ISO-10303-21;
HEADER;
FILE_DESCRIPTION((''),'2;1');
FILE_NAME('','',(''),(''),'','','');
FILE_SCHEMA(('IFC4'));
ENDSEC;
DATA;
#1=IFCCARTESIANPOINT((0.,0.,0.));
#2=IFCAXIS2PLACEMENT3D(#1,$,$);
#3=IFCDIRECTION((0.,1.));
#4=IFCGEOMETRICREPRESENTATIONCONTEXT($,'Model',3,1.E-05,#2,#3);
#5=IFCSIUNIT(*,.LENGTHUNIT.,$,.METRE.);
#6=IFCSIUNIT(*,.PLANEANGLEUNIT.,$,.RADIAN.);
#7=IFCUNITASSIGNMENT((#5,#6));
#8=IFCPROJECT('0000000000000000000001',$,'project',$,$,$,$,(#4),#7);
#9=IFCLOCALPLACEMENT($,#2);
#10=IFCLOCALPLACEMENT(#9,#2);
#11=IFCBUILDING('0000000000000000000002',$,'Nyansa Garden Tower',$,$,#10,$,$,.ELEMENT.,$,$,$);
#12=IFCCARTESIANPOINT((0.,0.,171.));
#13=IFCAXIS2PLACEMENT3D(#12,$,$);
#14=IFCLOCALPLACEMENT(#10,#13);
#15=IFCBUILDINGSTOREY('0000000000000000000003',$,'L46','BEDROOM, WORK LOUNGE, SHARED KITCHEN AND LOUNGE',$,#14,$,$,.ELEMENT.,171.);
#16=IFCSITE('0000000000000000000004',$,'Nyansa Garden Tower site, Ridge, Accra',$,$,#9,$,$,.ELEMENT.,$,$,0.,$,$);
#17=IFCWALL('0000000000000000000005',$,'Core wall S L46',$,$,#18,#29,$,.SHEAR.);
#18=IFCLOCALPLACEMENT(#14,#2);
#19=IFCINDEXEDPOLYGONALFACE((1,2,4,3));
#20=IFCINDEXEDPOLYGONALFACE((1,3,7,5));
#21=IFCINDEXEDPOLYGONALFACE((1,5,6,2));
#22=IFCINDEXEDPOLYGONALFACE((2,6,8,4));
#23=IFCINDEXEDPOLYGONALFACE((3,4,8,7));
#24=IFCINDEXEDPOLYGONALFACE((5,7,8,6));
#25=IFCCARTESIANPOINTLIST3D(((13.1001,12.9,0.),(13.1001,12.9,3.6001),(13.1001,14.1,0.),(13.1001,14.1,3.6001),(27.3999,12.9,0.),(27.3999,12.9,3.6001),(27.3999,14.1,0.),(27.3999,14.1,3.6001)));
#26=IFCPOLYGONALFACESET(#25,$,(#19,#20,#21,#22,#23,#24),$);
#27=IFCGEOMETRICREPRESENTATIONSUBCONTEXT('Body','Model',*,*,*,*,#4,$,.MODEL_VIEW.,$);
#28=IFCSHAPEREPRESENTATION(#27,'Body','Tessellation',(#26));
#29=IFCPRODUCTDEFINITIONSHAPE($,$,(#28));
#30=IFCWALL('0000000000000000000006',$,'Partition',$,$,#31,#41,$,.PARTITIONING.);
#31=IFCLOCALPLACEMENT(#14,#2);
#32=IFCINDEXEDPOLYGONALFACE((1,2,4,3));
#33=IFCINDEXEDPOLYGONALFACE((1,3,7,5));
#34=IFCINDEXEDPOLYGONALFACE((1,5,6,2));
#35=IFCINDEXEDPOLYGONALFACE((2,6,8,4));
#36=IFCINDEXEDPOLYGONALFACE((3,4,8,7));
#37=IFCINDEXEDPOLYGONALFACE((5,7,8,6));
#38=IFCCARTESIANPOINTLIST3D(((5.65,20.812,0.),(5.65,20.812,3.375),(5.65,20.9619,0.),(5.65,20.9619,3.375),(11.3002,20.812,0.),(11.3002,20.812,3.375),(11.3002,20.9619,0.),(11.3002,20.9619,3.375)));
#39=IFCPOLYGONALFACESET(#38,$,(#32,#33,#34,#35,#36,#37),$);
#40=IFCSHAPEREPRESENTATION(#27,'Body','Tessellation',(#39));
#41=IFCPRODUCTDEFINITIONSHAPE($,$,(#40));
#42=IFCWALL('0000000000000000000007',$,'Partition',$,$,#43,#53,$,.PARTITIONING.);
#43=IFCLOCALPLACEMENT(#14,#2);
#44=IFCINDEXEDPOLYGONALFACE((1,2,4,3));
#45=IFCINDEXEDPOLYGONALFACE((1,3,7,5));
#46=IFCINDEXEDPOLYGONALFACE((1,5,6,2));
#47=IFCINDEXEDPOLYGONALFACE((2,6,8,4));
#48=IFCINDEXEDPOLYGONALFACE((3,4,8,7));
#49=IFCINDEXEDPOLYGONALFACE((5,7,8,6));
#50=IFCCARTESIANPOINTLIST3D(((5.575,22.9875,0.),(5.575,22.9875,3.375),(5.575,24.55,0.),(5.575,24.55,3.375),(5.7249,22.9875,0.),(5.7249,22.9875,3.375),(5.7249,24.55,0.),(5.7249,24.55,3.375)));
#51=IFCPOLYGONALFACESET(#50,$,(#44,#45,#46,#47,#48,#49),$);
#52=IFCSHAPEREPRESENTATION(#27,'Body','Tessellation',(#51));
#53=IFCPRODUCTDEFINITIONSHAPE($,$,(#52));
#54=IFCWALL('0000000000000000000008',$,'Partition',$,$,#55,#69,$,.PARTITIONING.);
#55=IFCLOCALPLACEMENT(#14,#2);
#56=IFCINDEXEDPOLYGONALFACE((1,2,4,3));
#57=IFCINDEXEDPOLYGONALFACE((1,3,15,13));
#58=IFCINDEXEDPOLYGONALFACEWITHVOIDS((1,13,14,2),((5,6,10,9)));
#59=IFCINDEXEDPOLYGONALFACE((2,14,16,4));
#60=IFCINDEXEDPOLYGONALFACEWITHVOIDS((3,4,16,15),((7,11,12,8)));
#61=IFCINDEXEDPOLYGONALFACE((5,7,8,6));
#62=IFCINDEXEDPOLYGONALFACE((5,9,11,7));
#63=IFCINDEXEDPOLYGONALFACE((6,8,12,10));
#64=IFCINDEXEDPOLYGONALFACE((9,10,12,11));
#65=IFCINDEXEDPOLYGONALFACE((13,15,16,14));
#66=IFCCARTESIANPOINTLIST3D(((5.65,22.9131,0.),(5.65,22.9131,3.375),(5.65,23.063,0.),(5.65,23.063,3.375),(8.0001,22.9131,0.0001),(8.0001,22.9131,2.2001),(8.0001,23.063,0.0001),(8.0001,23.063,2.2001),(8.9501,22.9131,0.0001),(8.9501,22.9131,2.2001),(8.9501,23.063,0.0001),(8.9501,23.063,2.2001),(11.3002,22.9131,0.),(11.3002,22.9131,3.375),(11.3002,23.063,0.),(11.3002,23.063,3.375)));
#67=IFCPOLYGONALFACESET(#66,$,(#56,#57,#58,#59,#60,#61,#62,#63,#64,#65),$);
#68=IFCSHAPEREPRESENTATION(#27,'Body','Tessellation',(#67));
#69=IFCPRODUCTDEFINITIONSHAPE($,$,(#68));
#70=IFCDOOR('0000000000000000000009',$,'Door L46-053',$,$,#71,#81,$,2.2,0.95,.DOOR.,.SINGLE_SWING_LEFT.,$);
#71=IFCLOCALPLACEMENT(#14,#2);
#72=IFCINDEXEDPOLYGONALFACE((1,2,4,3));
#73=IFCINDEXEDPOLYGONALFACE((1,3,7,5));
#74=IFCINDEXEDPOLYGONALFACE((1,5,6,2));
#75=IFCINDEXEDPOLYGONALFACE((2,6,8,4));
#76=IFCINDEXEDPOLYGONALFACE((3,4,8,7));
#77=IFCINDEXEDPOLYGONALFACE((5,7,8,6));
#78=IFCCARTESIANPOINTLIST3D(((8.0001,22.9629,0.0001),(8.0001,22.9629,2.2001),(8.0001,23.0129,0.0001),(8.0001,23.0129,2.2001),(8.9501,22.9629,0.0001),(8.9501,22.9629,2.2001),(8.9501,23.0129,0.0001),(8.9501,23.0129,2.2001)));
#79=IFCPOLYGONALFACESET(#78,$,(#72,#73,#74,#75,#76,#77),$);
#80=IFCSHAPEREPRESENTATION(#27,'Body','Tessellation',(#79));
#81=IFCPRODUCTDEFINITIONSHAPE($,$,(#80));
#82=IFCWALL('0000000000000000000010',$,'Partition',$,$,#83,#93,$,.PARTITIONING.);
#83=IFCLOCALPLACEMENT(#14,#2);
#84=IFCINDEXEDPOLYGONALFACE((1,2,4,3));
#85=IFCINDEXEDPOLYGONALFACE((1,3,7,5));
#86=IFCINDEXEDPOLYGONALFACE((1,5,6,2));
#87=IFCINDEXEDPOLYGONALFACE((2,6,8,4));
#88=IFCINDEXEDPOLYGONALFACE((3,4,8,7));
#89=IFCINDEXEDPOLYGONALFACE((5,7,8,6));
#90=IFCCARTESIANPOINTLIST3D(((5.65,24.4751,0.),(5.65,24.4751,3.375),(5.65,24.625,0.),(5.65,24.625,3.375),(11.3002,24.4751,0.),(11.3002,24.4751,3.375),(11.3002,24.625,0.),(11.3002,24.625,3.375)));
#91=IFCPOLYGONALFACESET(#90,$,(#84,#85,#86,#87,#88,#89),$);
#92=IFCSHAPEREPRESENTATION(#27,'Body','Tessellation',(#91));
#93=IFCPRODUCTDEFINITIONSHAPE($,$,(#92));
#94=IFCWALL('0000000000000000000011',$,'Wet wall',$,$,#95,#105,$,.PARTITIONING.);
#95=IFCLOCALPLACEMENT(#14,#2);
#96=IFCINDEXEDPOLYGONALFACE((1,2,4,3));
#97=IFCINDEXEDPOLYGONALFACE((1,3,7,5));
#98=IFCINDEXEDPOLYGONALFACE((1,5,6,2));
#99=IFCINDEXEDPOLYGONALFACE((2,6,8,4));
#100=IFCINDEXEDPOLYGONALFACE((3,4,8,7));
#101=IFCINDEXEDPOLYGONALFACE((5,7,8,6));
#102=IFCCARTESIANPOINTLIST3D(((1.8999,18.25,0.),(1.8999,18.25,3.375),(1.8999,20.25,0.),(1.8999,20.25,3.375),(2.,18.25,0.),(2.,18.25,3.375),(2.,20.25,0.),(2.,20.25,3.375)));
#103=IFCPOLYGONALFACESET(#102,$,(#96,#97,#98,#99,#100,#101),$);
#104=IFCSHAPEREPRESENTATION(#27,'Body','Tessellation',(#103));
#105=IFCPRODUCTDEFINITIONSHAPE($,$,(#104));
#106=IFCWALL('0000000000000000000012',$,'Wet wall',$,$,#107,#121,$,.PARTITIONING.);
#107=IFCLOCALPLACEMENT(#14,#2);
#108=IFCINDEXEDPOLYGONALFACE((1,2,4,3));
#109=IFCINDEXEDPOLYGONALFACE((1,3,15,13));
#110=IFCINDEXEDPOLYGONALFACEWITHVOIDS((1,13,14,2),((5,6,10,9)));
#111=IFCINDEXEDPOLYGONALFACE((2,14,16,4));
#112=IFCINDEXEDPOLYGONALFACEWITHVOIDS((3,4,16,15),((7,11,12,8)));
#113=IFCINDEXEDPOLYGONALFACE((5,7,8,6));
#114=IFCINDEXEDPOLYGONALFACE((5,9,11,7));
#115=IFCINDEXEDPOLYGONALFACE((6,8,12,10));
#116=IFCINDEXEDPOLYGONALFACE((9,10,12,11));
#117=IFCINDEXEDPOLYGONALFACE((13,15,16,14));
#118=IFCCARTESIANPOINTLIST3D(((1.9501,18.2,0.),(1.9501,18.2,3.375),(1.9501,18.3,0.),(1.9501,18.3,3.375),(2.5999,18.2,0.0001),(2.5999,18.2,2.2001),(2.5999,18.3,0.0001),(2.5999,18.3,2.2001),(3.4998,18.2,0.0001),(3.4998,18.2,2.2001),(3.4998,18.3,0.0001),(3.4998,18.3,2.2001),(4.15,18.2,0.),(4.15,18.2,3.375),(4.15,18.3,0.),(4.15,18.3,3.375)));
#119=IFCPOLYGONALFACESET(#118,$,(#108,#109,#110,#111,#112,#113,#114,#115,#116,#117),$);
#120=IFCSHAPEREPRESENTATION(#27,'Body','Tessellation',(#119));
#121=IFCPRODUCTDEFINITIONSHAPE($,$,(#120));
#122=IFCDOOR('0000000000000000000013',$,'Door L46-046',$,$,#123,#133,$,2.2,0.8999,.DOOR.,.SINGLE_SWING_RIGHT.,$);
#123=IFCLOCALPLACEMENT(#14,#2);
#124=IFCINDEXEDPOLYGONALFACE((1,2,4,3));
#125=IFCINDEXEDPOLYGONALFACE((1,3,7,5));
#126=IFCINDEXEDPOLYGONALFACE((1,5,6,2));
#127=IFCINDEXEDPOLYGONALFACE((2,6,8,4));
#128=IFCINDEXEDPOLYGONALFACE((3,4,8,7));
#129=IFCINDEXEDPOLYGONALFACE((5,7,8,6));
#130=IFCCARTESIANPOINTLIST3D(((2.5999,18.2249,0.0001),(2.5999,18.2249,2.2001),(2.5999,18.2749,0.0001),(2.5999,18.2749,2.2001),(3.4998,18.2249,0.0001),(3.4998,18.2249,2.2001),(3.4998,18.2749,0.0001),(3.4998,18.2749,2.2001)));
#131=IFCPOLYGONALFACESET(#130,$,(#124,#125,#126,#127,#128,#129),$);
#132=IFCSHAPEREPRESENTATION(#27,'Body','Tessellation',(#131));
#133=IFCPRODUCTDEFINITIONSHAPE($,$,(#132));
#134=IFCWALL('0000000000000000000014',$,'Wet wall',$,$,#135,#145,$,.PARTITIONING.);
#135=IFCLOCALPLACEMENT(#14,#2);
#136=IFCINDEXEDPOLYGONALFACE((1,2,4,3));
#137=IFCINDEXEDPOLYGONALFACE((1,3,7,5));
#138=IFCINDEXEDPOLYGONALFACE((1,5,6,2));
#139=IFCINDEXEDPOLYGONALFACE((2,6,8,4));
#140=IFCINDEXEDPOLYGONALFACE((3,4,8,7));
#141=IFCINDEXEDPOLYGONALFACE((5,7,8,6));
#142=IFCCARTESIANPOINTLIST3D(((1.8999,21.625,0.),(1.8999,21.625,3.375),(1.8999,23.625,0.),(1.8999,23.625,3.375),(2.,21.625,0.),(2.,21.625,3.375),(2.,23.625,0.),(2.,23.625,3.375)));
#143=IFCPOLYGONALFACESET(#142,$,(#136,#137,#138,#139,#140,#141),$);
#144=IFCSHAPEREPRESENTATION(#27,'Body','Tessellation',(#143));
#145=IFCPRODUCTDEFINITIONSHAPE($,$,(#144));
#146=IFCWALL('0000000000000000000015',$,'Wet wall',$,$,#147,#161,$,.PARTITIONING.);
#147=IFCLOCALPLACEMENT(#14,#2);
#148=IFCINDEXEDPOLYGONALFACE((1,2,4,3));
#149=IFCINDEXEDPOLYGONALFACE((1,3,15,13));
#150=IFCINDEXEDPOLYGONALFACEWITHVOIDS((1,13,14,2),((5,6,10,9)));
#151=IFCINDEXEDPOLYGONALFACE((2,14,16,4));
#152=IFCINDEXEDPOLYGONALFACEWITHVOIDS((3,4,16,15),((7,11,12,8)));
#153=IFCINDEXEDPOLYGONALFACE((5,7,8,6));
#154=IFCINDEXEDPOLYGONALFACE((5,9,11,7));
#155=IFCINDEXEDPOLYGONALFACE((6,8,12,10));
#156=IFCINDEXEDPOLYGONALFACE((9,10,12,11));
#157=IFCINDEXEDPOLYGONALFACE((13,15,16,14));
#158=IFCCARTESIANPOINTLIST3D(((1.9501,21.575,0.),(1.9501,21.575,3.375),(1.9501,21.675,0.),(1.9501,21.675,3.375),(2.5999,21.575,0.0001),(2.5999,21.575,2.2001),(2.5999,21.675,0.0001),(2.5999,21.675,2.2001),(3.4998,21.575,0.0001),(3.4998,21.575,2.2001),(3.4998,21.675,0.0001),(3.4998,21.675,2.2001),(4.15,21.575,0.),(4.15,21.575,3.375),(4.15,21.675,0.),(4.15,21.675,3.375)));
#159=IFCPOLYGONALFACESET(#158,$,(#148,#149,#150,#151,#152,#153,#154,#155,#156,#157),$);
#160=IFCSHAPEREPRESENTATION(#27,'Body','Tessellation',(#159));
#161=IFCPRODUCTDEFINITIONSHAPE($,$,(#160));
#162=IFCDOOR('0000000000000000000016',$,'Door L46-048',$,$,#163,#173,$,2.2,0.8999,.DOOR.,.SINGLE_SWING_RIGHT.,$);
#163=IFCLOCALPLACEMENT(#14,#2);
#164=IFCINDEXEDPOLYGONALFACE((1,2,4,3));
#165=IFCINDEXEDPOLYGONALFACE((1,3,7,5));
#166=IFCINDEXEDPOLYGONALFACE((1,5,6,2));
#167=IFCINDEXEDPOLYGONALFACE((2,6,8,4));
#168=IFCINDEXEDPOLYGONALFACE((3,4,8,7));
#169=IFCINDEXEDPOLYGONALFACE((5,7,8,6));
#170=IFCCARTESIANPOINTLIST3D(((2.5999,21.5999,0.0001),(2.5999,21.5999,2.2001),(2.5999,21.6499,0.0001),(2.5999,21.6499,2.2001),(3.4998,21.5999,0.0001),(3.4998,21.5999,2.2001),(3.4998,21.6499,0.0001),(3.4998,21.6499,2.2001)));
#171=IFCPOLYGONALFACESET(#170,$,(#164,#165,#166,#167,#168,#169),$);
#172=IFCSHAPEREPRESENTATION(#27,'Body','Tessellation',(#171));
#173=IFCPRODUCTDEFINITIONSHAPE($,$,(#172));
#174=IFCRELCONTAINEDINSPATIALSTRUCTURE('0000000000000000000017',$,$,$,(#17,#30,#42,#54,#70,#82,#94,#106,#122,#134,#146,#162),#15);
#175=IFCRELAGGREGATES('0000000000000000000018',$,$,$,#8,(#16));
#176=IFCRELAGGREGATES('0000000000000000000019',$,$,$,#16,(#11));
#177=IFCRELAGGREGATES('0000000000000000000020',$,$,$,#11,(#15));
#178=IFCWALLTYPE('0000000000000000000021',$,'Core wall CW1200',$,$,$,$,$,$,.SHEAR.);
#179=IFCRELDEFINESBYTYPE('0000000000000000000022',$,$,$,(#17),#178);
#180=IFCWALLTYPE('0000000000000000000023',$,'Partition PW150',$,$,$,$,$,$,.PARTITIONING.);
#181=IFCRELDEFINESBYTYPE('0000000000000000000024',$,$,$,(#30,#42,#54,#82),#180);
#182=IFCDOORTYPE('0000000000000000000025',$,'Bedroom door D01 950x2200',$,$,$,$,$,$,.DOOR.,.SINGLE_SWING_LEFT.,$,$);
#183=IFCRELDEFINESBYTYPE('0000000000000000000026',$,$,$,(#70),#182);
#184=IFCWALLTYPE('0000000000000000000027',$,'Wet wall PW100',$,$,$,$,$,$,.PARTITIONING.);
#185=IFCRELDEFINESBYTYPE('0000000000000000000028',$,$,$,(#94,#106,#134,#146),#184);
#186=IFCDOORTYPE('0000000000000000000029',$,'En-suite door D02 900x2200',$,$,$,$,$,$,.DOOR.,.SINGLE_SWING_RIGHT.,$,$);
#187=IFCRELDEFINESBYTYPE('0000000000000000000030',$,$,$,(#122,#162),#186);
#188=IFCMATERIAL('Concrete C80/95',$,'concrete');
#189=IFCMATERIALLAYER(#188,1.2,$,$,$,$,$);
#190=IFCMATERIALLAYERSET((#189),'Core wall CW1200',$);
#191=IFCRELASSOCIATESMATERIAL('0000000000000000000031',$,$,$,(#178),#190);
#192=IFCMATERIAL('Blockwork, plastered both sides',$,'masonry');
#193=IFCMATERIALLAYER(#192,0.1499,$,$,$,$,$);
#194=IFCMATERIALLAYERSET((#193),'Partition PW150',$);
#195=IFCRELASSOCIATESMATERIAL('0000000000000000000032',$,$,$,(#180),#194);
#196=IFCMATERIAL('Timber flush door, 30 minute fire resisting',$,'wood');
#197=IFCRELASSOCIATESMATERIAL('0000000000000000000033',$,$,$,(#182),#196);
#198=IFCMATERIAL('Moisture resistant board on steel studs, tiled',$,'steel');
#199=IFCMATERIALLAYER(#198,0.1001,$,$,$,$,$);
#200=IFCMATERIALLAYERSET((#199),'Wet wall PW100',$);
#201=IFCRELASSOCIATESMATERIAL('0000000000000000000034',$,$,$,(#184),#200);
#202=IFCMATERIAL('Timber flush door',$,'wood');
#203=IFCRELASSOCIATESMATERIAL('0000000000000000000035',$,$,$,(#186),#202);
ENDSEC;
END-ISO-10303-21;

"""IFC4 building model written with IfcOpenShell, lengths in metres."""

from ifc_helpers import new_model, si_unit, direction, frame, frame_2d, origin, place, context, subcontext, project, spatial, rectangle, extrude, material, layer, layer_set, type_object, element, fill, save


model = new_model("IFC4")

# Units and contexts
model_context = context("Model", 3, precision=1e-05, world=origin(), true_north=direction((0.0, 1.0)))
body_context = subcontext(model_context, "Body", "Model", "MODEL_VIEW")
ifc_project = project(units=[si_unit("LENGTHUNIT", "METRE"), si_unit("PLANEANGLEUNIT", "RADIAN")], contexts=[model_context])

# Site, building, storey
site_placement = place(None, origin())
site = spatial("IfcSite", under=ifc_project, at=site_placement, Name="Nyansa Garden Tower site, Ridge, Accra", CompositionType="ELEMENT", RefElevation=0.0)
building_placement = place(site_placement, origin())
building = spatial("IfcBuilding", under=site, at=building_placement, Name="Nyansa Garden Tower", CompositionType="ELEMENT")
storey_placement = place(building_placement, frame((0.0, 0.0, 171.0)))
storey = spatial("IfcBuildingStorey", under=building, at=storey_placement, Name="L46", Description="BEDROOM, WORK LOUNGE, SHARED KITCHEN AND LOUNGE", CompositionType="ELEMENT", Elevation=171.0)

# Walls
ifc_material_1 = material(Name="Concrete C80/95", Category="concrete")
ifc_layer_1 = layer(ifc_material_1, 1.2)
ifc_layer_set_1 = layer_set([ifc_layer_1], Name="Core wall CW1200")
wall_type_1 = type_object("IfcWallType", Name="Core wall CW1200", PredefinedType="SHEAR", material=ifc_layer_set_1)
wall_1_placement = place(storey_placement, frame((13.1001, 13.5, 0.0), z_axis=(0.0, 0.0, 1.0), x_axis=(1.0, 0.0, 0.0)))
element("IfcWall", 1, at=wall_1_placement, inside=storey, type_object=wall_type_1, Name="Core wall S L46", PredefinedType="SHEAR", context=body_context, shape_type="SweptSolid", body=[
    extrude(rectangle(XDim=14.2998, YDim=1.2, at=frame_2d((7.1499, 0.0))), origin(), (0.0, 0.0, 1.0), 3.6001),
])
ifc_material_2 = material(Name="Blockwork, plastered both sides", Category="masonry")
ifc_layer_2 = layer(ifc_material_2, 0.1499)
ifc_layer_set_2 = layer_set([ifc_layer_2], Name="Partition PW150")
wall_type_2 = type_object("IfcWallType", Name="Partition PW150", PredefinedType="PARTITIONING", material=ifc_layer_set_2)
wall_2_placement = place(storey_placement, frame((5.6499, 20.887, 0.0), z_axis=(0.0, 0.0, 1.0), x_axis=(1.0, 0.0, 0.0)))
element("IfcWall", 2, at=wall_2_placement, inside=storey, type_object=wall_type_2, Name="Partition", PredefinedType="PARTITIONING", context=body_context, shape_type="SweptSolid", body=[
    extrude(rectangle(XDim=5.6501, YDim=0.1499, at=frame_2d((2.8252, 0.0))), origin(), (0.0, 0.0, 1.0), 3.375),
])
wall_3_placement = place(storey_placement, frame((5.6499, 22.9875, 0.0), z_axis=(0.0, 0.0, 1.0), x_axis=(0.0, 1.0, 0.0)))
element("IfcWall", 3, at=wall_3_placement, inside=storey, type_object=wall_type_2, Name="Partition", PredefinedType="PARTITIONING", context=body_context, shape_type="SweptSolid", body=[
    extrude(rectangle(XDim=1.5625, YDim=0.1499, at=frame_2d((0.7812, 0.0))), origin(), (0.0, 0.0, 1.0), 3.375),
])

# Wall, opening, door
wall_4_placement = place(storey_placement, frame((5.6499, 22.988, 0.0), z_axis=(0.0, 0.0, 1.0), x_axis=(1.0, 0.0, 0.0)))
wall_4 = element("IfcWall", 4, at=wall_4_placement, inside=storey, type_object=wall_type_2, Name="Partition", PredefinedType="PARTITIONING", context=body_context, shape_type="SweptSolid", body=[
    extrude(rectangle(XDim=5.6501, YDim=0.1499, at=frame_2d((2.8252, 0.0))), origin(), (0.0, 0.0, 1.0), 3.375),
])
opening_1_placement = place(wall_4_placement, frame((2.3501, 0.0, 0.0)))
opening_1 = element("IfcOpeningElement", 5, at=opening_1_placement, cuts=wall_4, PredefinedType="OPENING", context=body_context, shape_type="SweptSolid", body=[
    extrude(rectangle(XDim=0.95, YDim=2.2, at=frame_2d((0.4751, 1.1001))), frame((0.0, 0.085, 0.0), z_axis=(0.0, -1.0, 0.0), x_axis=(1.0, 0.0, 0.0)), (0.0, 0.0, 1.0), 0.1699),
])
ifc_material_3 = material(Name="Timber flush door, 30 minute fire resisting", Category="wood")
door_type_1 = type_object("IfcDoorType", Name="Bedroom door D01 950x2200", OperationType="SINGLE_SWING_LEFT", PredefinedType="DOOR", material=ifc_material_3)
door_1_placement = place(opening_1_placement, origin())
door_1 = element("IfcDoor", 6, at=door_1_placement, inside=storey, type_object=door_type_1, Name="Door L46-053", OperationType="SINGLE_SWING_LEFT", OverallHeight=2.2, OverallWidth=0.95, PredefinedType="DOOR", context=body_context, shape_type="SweptSolid", body=[
    extrude(rectangle(XDim=0.95, YDim=2.2, at=frame_2d((0.4751, 1.1001))), frame((0.0, 0.0249, 0.0), z_axis=(0.0, -1.0, 0.0), x_axis=(1.0, 0.0, 0.0)), (0.0, 0.0, 1.0), 0.05),
])
fill(opening_1, door_1)

# Walls
wall_5_placement = place(storey_placement, frame((5.6499, 24.55, 0.0), z_axis=(0.0, 0.0, 1.0), x_axis=(1.0, 0.0, 0.0)))
element("IfcWall", 7, at=wall_5_placement, inside=storey, type_object=wall_type_2, Name="Partition", PredefinedType="PARTITIONING", context=body_context, shape_type="SweptSolid", body=[
    extrude(rectangle(XDim=5.6501, YDim=0.1499, at=frame_2d((2.8252, 0.0))), origin(), (0.0, 0.0, 1.0), 3.375),
])
ifc_material_4 = material(Name="Moisture resistant board on steel studs, tiled", Category="steel")
ifc_layer_3 = layer(ifc_material_4, 0.1001)
ifc_layer_set_3 = layer_set([ifc_layer_3], Name="Wet wall PW100")
wall_type_3 = type_object("IfcWallType", Name="Wet wall PW100", PredefinedType="PARTITIONING", material=ifc_layer_set_3)
wall_6_placement = place(storey_placement, frame((1.95, 18.25, 0.0), z_axis=(0.0, 0.0, 1.0), x_axis=(0.0, 1.0, 0.0)))
element("IfcWall", 8, at=wall_6_placement, inside=storey, type_object=wall_type_3, Name="Wet wall", PredefinedType="PARTITIONING", context=body_context, shape_type="SweptSolid", body=[
    extrude(rectangle(XDim=2.0, YDim=0.1001, at=frame_2d((1.0, 0.0))), origin(), (0.0, 0.0, 1.0), 3.375),
])

# Wall, opening, door
wall_7_placement = place(storey_placement, frame((1.95, 18.25, 0.0), z_axis=(0.0, 0.0, 1.0), x_axis=(1.0, 0.0, 0.0)))
wall_7 = element("IfcWall", 9, at=wall_7_placement, inside=storey, type_object=wall_type_3, Name="Wet wall", PredefinedType="PARTITIONING", context=body_context, shape_type="SweptSolid", body=[
    extrude(rectangle(XDim=2.2, YDim=0.1001, at=frame_2d((1.1001, 0.0))), origin(), (0.0, 0.0, 1.0), 3.375),
])
opening_2_placement = place(wall_7_placement, frame((0.6499, 0.0, 0.0)))
opening_2 = element("IfcOpeningElement", 10, at=opening_2_placement, cuts=wall_7, PredefinedType="OPENING", context=body_context, shape_type="SweptSolid", body=[
    extrude(rectangle(XDim=0.8999, YDim=2.2, at=frame_2d((0.45, 1.1001))), frame((0.0, 0.0601, 0.0), z_axis=(0.0, -1.0, 0.0), x_axis=(1.0, 0.0, 0.0)), (0.0, 0.0, 1.0), 0.1201),
])
ifc_material_5 = material(Name="Timber flush door", Category="wood")
door_type_2 = type_object("IfcDoorType", Name="En-suite door D02 900x2200", OperationType="SINGLE_SWING_RIGHT", PredefinedType="DOOR", material=ifc_material_5)
door_2_placement = place(opening_2_placement, origin())
door_2 = element("IfcDoor", 11, at=door_2_placement, inside=storey, type_object=door_type_2, Name="Door L46-046", OperationType="SINGLE_SWING_RIGHT", OverallHeight=2.2, OverallWidth=0.8999, PredefinedType="DOOR", context=body_context, shape_type="SweptSolid", body=[
    extrude(rectangle(XDim=0.8999, YDim=2.2, at=frame_2d((0.45, 1.1001))), frame((0.0, 0.0249, 0.0), z_axis=(0.0, -1.0, 0.0), x_axis=(1.0, 0.0, 0.0)), (0.0, 0.0, 1.0), 0.05),
])
fill(opening_2, door_2)

# Wall
wall_8_placement = place(storey_placement, frame((1.95, 21.625, 0.0), z_axis=(0.0, 0.0, 1.0), x_axis=(0.0, 1.0, 0.0)))
element("IfcWall", 12, at=wall_8_placement, inside=storey, type_object=wall_type_3, Name="Wet wall", PredefinedType="PARTITIONING", context=body_context, shape_type="SweptSolid", body=[
    extrude(rectangle(XDim=2.0, YDim=0.1001, at=frame_2d((1.0, 0.0))), origin(), (0.0, 0.0, 1.0), 3.375),
])

# Wall, opening, door
wall_9_placement = place(storey_placement, frame((1.95, 21.625, 0.0), z_axis=(0.0, 0.0, 1.0), x_axis=(1.0, 0.0, 0.0)))
wall_9 = element("IfcWall", 13, at=wall_9_placement, inside=storey, type_object=wall_type_3, Name="Wet wall", PredefinedType="PARTITIONING", context=body_context, shape_type="SweptSolid", body=[
    extrude(rectangle(XDim=2.2, YDim=0.1001, at=frame_2d((1.1001, 0.0))), origin(), (0.0, 0.0, 1.0), 3.375),
])
opening_3_placement = place(wall_9_placement, frame((0.6499, 0.0, 0.0)))
opening_3 = element("IfcOpeningElement", 14, at=opening_3_placement, cuts=wall_9, PredefinedType="OPENING", context=body_context, shape_type="SweptSolid", body=[
    extrude(rectangle(XDim=0.8999, YDim=2.2, at=frame_2d((0.45, 1.1001))), frame((0.0, 0.0601, 0.0), z_axis=(0.0, -1.0, 0.0), x_axis=(1.0, 0.0, 0.0)), (0.0, 0.0, 1.0), 0.1201),
])
door_3_placement = place(opening_3_placement, origin())
door_3 = element("IfcDoor", 15, at=door_3_placement, inside=storey, type_object=door_type_2, Name="Door L46-048", OperationType="SINGLE_SWING_RIGHT", OverallHeight=2.2, OverallWidth=0.8999, PredefinedType="DOOR", context=body_context, shape_type="SweptSolid", body=[
    extrude(rectangle(XDim=0.8999, YDim=2.2, at=frame_2d((0.45, 1.1001))), frame((0.0, 0.0249, 0.0), z_axis=(0.0, -1.0, 0.0), x_axis=(1.0, 0.0, 0.0)), (0.0, 0.0, 1.0), 0.05),
])
fill(opening_3, door_3)

save(model, "model.ifc")
